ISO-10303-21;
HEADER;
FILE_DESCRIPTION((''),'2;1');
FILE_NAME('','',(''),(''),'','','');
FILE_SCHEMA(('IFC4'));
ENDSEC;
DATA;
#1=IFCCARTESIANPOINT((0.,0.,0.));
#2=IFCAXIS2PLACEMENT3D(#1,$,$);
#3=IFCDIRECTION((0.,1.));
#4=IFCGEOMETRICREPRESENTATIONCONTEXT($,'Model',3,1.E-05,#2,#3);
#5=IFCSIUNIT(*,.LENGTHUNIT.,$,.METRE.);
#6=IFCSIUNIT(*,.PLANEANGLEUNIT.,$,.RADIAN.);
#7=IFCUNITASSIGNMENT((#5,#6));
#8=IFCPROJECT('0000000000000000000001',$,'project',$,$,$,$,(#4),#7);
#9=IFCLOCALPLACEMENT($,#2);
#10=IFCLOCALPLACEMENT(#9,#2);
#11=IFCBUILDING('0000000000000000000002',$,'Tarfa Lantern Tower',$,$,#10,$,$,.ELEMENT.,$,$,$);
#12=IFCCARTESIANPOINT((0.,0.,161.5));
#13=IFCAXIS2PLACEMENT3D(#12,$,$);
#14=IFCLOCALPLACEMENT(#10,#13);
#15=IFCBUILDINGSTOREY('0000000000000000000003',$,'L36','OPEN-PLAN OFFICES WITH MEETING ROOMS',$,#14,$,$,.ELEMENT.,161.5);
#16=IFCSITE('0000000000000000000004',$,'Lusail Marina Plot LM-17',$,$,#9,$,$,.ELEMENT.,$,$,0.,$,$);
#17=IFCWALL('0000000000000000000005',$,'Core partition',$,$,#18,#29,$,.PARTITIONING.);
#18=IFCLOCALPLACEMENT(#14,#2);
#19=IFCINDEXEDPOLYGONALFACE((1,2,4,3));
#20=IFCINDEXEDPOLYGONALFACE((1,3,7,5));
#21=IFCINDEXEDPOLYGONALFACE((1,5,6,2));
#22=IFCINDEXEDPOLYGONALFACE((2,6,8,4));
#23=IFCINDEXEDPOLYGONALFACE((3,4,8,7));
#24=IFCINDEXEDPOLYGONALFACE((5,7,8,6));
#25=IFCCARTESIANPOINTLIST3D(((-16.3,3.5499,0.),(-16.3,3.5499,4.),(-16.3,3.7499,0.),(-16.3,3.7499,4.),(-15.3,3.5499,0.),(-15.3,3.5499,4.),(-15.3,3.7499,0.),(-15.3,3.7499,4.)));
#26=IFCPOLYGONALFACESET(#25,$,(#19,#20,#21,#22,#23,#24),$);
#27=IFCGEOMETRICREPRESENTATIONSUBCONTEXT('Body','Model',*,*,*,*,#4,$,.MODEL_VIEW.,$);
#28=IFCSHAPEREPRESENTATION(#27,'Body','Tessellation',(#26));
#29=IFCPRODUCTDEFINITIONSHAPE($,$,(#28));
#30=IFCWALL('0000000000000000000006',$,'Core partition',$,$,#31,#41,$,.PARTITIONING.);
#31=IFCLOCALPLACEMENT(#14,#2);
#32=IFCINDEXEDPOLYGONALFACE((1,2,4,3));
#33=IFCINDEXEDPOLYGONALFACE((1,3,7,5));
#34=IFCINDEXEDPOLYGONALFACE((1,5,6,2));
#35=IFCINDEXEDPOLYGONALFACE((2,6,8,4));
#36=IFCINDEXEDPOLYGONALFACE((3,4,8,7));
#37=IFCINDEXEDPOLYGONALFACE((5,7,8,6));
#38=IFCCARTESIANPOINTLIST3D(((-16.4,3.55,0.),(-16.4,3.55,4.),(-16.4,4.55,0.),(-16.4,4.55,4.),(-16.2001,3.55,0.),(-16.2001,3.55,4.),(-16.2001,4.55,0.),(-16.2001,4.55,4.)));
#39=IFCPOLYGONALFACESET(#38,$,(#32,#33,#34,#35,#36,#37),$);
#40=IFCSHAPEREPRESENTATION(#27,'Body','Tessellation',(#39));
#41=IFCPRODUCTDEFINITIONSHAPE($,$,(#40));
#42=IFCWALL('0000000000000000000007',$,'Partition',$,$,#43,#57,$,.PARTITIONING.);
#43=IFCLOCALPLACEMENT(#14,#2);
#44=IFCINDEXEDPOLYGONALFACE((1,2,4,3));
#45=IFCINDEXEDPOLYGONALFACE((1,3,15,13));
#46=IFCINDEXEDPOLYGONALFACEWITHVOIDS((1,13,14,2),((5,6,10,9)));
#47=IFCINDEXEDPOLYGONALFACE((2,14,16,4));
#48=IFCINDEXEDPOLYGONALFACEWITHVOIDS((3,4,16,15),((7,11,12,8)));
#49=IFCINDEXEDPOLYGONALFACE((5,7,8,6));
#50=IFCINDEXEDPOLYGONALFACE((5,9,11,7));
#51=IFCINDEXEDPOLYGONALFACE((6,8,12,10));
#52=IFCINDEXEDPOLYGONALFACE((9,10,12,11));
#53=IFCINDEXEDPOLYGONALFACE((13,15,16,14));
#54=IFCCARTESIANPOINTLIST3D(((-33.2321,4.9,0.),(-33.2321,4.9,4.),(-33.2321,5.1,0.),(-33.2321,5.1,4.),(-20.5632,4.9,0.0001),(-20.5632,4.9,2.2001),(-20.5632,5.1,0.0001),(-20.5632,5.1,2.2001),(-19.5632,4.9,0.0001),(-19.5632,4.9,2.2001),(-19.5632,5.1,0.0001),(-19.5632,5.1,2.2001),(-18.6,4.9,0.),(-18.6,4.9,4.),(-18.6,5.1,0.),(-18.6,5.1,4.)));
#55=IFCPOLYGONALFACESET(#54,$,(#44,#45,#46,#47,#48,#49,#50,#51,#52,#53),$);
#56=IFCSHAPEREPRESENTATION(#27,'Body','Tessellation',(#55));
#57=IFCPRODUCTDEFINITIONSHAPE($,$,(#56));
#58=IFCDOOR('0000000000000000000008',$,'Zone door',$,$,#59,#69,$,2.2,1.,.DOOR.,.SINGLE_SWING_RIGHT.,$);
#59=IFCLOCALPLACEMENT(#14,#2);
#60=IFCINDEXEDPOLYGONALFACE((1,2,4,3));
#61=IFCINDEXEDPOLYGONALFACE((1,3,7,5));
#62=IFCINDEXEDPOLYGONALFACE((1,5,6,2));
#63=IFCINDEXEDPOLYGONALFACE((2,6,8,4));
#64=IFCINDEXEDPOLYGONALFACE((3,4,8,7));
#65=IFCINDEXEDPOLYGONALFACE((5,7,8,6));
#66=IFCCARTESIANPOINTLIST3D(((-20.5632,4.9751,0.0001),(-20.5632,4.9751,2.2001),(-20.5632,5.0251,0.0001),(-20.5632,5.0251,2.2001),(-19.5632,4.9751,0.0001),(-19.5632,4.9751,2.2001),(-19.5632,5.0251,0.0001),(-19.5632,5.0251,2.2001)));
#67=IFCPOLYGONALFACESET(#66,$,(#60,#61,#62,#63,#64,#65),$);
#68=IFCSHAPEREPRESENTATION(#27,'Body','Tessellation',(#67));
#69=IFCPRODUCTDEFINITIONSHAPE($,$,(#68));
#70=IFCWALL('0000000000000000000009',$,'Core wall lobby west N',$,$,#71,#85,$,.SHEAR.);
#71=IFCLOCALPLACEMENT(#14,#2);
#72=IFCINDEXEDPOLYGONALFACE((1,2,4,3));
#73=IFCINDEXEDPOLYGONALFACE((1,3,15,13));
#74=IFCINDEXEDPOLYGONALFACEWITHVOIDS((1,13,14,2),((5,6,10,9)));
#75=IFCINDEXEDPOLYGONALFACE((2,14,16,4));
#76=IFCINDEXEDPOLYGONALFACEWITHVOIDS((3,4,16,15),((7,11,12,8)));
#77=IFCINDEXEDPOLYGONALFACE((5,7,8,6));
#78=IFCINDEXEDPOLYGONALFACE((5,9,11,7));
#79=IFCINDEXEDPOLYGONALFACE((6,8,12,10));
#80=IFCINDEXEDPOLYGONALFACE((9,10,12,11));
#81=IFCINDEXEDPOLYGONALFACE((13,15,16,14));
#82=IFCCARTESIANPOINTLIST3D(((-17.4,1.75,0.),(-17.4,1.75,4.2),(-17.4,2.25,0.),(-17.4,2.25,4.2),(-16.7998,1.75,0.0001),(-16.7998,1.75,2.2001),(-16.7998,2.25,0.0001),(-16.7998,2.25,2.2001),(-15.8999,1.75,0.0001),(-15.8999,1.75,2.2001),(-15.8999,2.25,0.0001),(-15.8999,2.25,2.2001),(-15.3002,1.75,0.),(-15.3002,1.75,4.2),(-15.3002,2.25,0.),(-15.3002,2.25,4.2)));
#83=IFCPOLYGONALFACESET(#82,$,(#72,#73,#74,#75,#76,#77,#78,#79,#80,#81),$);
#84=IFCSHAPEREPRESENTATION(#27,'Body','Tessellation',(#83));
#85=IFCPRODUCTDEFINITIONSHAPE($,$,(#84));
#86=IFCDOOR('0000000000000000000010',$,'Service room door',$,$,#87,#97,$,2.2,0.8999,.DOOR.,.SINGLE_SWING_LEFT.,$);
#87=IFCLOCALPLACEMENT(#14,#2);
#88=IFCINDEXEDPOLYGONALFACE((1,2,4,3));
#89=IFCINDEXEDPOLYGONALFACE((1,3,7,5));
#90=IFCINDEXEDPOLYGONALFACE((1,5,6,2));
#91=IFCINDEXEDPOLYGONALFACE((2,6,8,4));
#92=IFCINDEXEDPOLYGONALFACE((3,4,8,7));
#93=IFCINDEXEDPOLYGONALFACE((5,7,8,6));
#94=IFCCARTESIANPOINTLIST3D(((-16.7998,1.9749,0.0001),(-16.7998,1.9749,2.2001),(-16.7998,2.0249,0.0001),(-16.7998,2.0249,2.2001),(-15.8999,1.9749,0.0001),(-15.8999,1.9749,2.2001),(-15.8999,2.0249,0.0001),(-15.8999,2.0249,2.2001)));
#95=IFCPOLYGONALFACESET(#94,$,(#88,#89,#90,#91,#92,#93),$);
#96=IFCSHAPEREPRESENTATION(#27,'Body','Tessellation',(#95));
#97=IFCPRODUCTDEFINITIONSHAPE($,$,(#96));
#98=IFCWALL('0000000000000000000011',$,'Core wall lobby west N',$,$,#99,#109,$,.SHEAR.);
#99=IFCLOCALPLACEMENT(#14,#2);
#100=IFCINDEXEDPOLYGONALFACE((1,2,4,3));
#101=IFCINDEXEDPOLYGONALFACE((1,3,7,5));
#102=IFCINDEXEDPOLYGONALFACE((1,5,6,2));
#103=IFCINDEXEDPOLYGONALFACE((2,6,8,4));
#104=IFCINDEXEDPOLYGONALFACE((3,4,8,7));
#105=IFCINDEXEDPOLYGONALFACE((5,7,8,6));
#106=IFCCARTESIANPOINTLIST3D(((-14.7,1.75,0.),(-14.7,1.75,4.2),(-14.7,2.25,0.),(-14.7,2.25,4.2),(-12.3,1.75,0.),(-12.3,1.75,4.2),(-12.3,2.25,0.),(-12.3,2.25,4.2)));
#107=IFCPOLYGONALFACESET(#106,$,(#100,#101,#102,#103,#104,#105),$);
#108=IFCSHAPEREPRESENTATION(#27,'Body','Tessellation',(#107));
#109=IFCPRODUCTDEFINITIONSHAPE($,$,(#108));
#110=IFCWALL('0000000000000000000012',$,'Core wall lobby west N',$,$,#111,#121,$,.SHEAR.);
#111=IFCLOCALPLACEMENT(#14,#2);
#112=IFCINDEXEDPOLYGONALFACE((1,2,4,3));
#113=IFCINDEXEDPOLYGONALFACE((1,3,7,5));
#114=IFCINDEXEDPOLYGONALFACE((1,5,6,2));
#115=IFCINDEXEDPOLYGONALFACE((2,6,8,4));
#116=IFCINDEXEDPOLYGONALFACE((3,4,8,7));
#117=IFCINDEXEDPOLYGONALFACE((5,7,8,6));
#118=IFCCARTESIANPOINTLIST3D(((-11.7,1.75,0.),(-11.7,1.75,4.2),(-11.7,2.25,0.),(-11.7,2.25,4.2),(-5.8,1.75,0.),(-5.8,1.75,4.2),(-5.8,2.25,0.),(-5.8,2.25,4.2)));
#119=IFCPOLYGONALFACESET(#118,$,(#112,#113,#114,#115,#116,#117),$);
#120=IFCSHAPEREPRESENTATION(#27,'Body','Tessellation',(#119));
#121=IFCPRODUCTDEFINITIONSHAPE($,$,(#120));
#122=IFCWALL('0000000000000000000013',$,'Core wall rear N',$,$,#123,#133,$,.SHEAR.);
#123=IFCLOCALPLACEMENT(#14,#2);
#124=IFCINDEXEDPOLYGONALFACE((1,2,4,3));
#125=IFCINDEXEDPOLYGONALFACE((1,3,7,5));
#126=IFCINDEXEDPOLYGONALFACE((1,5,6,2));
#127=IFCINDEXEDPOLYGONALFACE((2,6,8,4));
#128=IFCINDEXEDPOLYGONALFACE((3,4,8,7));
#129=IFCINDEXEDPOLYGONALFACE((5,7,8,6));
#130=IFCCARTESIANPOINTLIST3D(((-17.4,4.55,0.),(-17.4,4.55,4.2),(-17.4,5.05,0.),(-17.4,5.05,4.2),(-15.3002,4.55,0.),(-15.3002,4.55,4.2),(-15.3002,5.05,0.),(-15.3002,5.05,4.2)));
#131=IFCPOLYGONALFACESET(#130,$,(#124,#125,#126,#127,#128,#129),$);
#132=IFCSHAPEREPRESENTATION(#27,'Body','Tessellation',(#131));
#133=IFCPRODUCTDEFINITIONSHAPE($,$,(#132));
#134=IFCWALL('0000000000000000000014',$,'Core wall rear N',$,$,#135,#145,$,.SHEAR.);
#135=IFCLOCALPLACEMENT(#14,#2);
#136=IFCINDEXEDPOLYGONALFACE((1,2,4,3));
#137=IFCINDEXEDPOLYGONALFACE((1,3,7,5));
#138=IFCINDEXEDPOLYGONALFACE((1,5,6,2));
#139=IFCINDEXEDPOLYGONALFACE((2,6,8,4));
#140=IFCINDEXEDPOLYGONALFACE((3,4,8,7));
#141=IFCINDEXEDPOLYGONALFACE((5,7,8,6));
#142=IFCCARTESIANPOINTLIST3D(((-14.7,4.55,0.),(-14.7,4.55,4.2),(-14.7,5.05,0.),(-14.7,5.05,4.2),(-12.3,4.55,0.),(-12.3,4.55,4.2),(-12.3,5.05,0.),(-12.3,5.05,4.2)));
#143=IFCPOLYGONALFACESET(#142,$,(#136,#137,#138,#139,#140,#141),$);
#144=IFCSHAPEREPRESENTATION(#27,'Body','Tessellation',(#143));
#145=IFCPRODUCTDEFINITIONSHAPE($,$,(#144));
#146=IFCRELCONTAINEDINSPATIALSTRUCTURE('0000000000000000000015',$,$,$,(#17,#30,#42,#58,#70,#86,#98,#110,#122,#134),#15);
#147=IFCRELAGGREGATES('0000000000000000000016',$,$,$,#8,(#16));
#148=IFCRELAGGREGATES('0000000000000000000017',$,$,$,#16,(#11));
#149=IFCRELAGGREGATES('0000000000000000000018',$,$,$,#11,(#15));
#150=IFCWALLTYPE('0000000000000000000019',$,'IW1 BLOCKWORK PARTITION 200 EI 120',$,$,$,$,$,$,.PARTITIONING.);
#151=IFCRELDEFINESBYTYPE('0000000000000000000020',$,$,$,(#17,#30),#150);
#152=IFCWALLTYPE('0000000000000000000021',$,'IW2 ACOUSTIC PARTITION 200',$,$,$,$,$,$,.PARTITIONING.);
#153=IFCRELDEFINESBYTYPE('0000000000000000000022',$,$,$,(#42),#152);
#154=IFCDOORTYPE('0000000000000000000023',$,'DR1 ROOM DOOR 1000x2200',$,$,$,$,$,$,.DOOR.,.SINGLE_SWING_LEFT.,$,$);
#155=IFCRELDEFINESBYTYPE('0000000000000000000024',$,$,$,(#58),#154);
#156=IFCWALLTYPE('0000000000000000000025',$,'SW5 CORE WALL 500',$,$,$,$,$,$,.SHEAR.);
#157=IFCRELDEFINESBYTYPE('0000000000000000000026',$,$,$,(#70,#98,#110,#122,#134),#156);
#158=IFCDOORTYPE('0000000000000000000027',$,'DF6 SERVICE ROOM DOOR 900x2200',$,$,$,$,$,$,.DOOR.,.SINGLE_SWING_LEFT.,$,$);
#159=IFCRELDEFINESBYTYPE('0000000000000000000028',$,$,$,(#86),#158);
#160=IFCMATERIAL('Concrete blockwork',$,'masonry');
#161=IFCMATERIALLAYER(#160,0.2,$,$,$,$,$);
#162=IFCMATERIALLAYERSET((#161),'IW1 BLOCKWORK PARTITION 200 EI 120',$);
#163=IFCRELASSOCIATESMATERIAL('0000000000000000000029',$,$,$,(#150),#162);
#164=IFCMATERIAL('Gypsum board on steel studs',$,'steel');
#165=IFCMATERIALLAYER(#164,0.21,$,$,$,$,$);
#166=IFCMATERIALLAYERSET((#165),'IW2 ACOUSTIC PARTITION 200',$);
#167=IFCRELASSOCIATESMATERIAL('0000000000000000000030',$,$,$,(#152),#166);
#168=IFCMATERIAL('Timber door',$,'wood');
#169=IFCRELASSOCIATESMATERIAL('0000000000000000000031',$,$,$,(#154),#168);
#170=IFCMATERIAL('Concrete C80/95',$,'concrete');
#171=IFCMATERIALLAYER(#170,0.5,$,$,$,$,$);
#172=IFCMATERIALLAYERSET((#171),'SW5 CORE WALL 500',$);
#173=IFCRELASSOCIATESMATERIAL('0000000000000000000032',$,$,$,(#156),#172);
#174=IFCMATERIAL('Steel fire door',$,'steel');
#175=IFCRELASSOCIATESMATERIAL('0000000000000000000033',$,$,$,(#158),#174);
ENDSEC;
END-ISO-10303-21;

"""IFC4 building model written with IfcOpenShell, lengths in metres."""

from ifc_helpers import new_model, si_unit, direction, frame, frame_2d, origin, place, context, subcontext, project, spatial, rectangle, extrude, material, layer, layer_set, type_object, element, fill, save


model = new_model("IFC4")

# Units and contexts
model_context = context("Model", 3, precision=1e-05, world=origin(), true_north=direction((0.0, 1.0)))
body_context = subcontext(model_context, "Body", "Model", "MODEL_VIEW")
ifc_project = project(units=[si_unit("LENGTHUNIT", "METRE"), si_unit("PLANEANGLEUNIT", "RADIAN")], contexts=[model_context])

# Site, building, storey
site_placement = place(None, origin())
site = spatial("IfcSite", under=ifc_project, at=site_placement, Name="Lusail Marina Plot LM-17", CompositionType="ELEMENT", RefElevation=0.0)
building_placement = place(site_placement, origin())
building = spatial("IfcBuilding", under=site, at=building_placement, Name="Tarfa Lantern Tower", CompositionType="ELEMENT")
storey_placement = place(building_placement, frame((0.0, 0.0, 161.5)))
storey = spatial("IfcBuildingStorey", under=building, at=storey_placement, Name="L36", Description="OPEN-PLAN OFFICES WITH MEETING ROOMS", CompositionType="ELEMENT", Elevation=161.5)

# Walls
ifc_material_1 = material(Name="Concrete blockwork", Category="masonry")
ifc_layer_1 = layer(ifc_material_1, 0.2)
ifc_layer_set_1 = layer_set([ifc_layer_1], Name="IW1 BLOCKWORK PARTITION 200 EI 120")
wall_type_1 = type_object("IfcWallType", Name="IW1 BLOCKWORK PARTITION 200 EI 120", PredefinedType="PARTITIONING", material=ifc_layer_set_1)
for number, where, z_axis, x_axis, name in (
    (1, (-16.3, 3.6499, 0.0), (0.0, 0.0, 1.0), (1.0, 0.0, 0.0), "Core partition"),
    (2, (-16.3, 3.55, 0.0), (0.0, 0.0, 1.0), (0.0, 1.0, 0.0), "Core partition"),
):
    element("IfcWall", number, at=place(storey_placement, frame(where, z_axis=z_axis, x_axis=x_axis)), inside=storey, type_object=wall_type_1, Name=name, PredefinedType="PARTITIONING", context=body_context, shape_type="SweptSolid", body=[
        extrude(rectangle(XDim=1.0, YDim=0.2, at=frame_2d((0.5, 0.0))), origin(), (0.0, 0.0, 1.0), 4.0),
    ])

# Walls, openings, doors
ifc_material_2 = material(Name="Gypsum board on steel studs", Category="steel")
ifc_layer_2 = layer(ifc_material_2, 0.21)
ifc_layer_set_2 = layer_set([ifc_layer_2], Name="IW2 ACOUSTIC PARTITION 200")
wall_type_2 = type_object("IfcWallType", Name="IW2 ACOUSTIC PARTITION 200", PredefinedType="PARTITIONING", material=ifc_layer_set_2)
wall_1_placement = place(storey_placement, frame((-18.6001, 5.0, 0.0), z_axis=(0.0, 0.0, 1.0), x_axis=(-1.0, 0.0, 0.0)))
wall_1 = element("IfcWall", 3, at=wall_1_placement, inside=storey, type_object=wall_type_2, Name="Partition", PredefinedType="PARTITIONING", context=body_context, shape_type="SweptSolid", body=[
    extrude(rectangle(XDim=14.6321, YDim=0.2, at=frame_2d((7.3159, 0.0))), origin(), (0.0, 0.0, 1.0), 4.0),
])
opening_1_placement = place(wall_1_placement, frame((0.9631, 0.0, 0.0)))
opening_1 = element("IfcOpeningElement", 4, at=opening_1_placement, cuts=wall_1, PredefinedType="OPENING", context=body_context, shape_type="SweptSolid", body=[
    extrude(rectangle(XDim=1.0, YDim=2.2, at=frame_2d((0.5, 1.1001))), frame((0.0, 0.1099, 0.0), z_axis=(0.0, -1.0, 0.0), x_axis=(1.0, 0.0, 0.0)), (0.0, 0.0, 1.0), 0.22),
])
ifc_material_3 = material(Name="Timber door", Category="wood")
door_type_1 = type_object("IfcDoorType", Name="DR1 ROOM DOOR 1000x2200", OperationType="SINGLE_SWING_LEFT", PredefinedType="DOOR", material=ifc_material_3)
door_1_placement = place(opening_1_placement, origin())
door_1 = element("IfcDoor", 5, at=door_1_placement, inside=storey, type_object=door_type_1, Name="Zone door", OperationType="SINGLE_SWING_RIGHT", OverallHeight=2.2, OverallWidth=1.0, PredefinedType="DOOR", context=body_context, shape_type="SweptSolid", body=[
    extrude(rectangle(XDim=1.0, YDim=2.2, at=frame_2d((0.5, 1.1001))), frame((0.0, 0.0249, 0.0), z_axis=(0.0, -1.0, 0.0), x_axis=(1.0, 0.0, 0.0)), (0.0, 0.0, 1.0), 0.05),
])
fill(opening_1, door_1)
ifc_material_4 = material(Name="Concrete C80/95", Category="concrete")
ifc_material_5 = material(Name="Steel fire door", Category="steel")
ifc_layer_3 = layer(ifc_material_4, 0.5)
ifc_layer_set_3 = layer_set([ifc_layer_3], Name="SW5 CORE WALL 500")
wall_type_3 = type_object("IfcWallType", Name="SW5 CORE WALL 500", PredefinedType="SHEAR", material=ifc_layer_set_3)
wall_2_placement = place(storey_placement, frame((-17.3999, 2.0, 0.0), z_axis=(0.0, 0.0, 1.0), x_axis=(1.0, 0.0, 0.0)))
wall_2 = element("IfcWall", 6, at=wall_2_placement, inside=storey, type_object=wall_type_3, Name="Core wall lobby west N", PredefinedType="SHEAR", context=body_context, shape_type="SweptSolid", body=[
    extrude(rectangle(XDim=2.0999, YDim=0.5, at=frame_2d((1.0498, 0.0))), origin(), (0.0, 0.0, 1.0), 4.2),
])
opening_2_placement = place(wall_2_placement, frame((0.6001, 0.0, 0.0)))
opening_2 = element("IfcOpeningElement", 7, at=opening_2_placement, cuts=wall_2, PredefinedType="OPENING", context=body_context, shape_type="SweptSolid", body=[
    extrude(rectangle(XDim=0.8999, YDim=2.2, at=frame_2d((0.45, 1.1001))), frame((0.0, 0.26, 0.0), z_axis=(0.0, -1.0, 0.0), x_axis=(1.0, 0.0, 0.0)), (0.0, 0.0, 1.0), 0.52),
])
door_type_2 = type_object("IfcDoorType", Name="DF6 SERVICE ROOM DOOR 900x2200", OperationType="SINGLE_SWING_LEFT", PredefinedType="DOOR", material=ifc_material_5)
door_2_placement = place(opening_2_placement, origin())
door_2 = element("IfcDoor", 8, at=door_2_placement, inside=storey, type_object=door_type_2, Name="Service room door", OperationType="SINGLE_SWING_LEFT", OverallHeight=2.2, OverallWidth=0.8999, PredefinedType="DOOR", context=body_context, shape_type="SweptSolid", body=[
    extrude(rectangle(XDim=0.8999, YDim=2.2, at=frame_2d((0.45, 1.1001))), frame((0.0, 0.0249, 0.0), z_axis=(0.0, -1.0, 0.0), x_axis=(1.0, 0.0, 0.0)), (0.0, 0.0, 1.0), 0.05),
])
fill(opening_2, door_2)

# Walls
wall_3_placement = place(storey_placement, frame((-14.7, 2.0, 0.0), z_axis=(0.0, 0.0, 1.0), x_axis=(1.0, 0.0, 0.0)))
element("IfcWall", 9, at=wall_3_placement, inside=storey, type_object=wall_type_3, Name="Core wall lobby west N", PredefinedType="SHEAR", context=body_context, shape_type="SweptSolid", body=[
    extrude(rectangle(XDim=2.3999, YDim=0.5, at=frame_2d((1.2, 0.0))), origin(), (0.0, 0.0, 1.0), 4.2),
])
wall_4_placement = place(storey_placement, frame((-11.7, 2.0, 0.0), z_axis=(0.0, 0.0, 1.0), x_axis=(1.0, 0.0, 0.0)))
element("IfcWall", 10, at=wall_4_placement, inside=storey, type_object=wall_type_3, Name="Core wall lobby west N", PredefinedType="SHEAR", context=body_context, shape_type="SweptSolid", body=[
    extrude(rectangle(XDim=5.8999, YDim=0.5, at=frame_2d((2.95, 0.0))), origin(), (0.0, 0.0, 1.0), 4.2),
])
wall_5_placement = place(storey_placement, frame((-17.3999, 4.8, 0.0), z_axis=(0.0, 0.0, 1.0), x_axis=(1.0, 0.0, 0.0)))
element("IfcWall", 11, at=wall_5_placement, inside=storey, type_object=wall_type_3, Name="Core wall rear N", PredefinedType="SHEAR", context=body_context, shape_type="SweptSolid", body=[
    extrude(rectangle(XDim=2.0999, YDim=0.5, at=frame_2d((1.0498, 0.0))), origin(), (0.0, 0.0, 1.0), 4.2),
])
wall_6_placement = place(storey_placement, frame((-14.7, 4.8, 0.0), z_axis=(0.0, 0.0, 1.0), x_axis=(1.0, 0.0, 0.0)))
element("IfcWall", 12, at=wall_6_placement, inside=storey, type_object=wall_type_3, Name="Core wall rear N", PredefinedType="SHEAR", context=body_context, shape_type="SweptSolid", body=[
    extrude(rectangle(XDim=2.3999, YDim=0.5, at=frame_2d((1.2, 0.0))), origin(), (0.0, 0.0, 1.0), 4.2),
])

save(model, "model.ifc")
